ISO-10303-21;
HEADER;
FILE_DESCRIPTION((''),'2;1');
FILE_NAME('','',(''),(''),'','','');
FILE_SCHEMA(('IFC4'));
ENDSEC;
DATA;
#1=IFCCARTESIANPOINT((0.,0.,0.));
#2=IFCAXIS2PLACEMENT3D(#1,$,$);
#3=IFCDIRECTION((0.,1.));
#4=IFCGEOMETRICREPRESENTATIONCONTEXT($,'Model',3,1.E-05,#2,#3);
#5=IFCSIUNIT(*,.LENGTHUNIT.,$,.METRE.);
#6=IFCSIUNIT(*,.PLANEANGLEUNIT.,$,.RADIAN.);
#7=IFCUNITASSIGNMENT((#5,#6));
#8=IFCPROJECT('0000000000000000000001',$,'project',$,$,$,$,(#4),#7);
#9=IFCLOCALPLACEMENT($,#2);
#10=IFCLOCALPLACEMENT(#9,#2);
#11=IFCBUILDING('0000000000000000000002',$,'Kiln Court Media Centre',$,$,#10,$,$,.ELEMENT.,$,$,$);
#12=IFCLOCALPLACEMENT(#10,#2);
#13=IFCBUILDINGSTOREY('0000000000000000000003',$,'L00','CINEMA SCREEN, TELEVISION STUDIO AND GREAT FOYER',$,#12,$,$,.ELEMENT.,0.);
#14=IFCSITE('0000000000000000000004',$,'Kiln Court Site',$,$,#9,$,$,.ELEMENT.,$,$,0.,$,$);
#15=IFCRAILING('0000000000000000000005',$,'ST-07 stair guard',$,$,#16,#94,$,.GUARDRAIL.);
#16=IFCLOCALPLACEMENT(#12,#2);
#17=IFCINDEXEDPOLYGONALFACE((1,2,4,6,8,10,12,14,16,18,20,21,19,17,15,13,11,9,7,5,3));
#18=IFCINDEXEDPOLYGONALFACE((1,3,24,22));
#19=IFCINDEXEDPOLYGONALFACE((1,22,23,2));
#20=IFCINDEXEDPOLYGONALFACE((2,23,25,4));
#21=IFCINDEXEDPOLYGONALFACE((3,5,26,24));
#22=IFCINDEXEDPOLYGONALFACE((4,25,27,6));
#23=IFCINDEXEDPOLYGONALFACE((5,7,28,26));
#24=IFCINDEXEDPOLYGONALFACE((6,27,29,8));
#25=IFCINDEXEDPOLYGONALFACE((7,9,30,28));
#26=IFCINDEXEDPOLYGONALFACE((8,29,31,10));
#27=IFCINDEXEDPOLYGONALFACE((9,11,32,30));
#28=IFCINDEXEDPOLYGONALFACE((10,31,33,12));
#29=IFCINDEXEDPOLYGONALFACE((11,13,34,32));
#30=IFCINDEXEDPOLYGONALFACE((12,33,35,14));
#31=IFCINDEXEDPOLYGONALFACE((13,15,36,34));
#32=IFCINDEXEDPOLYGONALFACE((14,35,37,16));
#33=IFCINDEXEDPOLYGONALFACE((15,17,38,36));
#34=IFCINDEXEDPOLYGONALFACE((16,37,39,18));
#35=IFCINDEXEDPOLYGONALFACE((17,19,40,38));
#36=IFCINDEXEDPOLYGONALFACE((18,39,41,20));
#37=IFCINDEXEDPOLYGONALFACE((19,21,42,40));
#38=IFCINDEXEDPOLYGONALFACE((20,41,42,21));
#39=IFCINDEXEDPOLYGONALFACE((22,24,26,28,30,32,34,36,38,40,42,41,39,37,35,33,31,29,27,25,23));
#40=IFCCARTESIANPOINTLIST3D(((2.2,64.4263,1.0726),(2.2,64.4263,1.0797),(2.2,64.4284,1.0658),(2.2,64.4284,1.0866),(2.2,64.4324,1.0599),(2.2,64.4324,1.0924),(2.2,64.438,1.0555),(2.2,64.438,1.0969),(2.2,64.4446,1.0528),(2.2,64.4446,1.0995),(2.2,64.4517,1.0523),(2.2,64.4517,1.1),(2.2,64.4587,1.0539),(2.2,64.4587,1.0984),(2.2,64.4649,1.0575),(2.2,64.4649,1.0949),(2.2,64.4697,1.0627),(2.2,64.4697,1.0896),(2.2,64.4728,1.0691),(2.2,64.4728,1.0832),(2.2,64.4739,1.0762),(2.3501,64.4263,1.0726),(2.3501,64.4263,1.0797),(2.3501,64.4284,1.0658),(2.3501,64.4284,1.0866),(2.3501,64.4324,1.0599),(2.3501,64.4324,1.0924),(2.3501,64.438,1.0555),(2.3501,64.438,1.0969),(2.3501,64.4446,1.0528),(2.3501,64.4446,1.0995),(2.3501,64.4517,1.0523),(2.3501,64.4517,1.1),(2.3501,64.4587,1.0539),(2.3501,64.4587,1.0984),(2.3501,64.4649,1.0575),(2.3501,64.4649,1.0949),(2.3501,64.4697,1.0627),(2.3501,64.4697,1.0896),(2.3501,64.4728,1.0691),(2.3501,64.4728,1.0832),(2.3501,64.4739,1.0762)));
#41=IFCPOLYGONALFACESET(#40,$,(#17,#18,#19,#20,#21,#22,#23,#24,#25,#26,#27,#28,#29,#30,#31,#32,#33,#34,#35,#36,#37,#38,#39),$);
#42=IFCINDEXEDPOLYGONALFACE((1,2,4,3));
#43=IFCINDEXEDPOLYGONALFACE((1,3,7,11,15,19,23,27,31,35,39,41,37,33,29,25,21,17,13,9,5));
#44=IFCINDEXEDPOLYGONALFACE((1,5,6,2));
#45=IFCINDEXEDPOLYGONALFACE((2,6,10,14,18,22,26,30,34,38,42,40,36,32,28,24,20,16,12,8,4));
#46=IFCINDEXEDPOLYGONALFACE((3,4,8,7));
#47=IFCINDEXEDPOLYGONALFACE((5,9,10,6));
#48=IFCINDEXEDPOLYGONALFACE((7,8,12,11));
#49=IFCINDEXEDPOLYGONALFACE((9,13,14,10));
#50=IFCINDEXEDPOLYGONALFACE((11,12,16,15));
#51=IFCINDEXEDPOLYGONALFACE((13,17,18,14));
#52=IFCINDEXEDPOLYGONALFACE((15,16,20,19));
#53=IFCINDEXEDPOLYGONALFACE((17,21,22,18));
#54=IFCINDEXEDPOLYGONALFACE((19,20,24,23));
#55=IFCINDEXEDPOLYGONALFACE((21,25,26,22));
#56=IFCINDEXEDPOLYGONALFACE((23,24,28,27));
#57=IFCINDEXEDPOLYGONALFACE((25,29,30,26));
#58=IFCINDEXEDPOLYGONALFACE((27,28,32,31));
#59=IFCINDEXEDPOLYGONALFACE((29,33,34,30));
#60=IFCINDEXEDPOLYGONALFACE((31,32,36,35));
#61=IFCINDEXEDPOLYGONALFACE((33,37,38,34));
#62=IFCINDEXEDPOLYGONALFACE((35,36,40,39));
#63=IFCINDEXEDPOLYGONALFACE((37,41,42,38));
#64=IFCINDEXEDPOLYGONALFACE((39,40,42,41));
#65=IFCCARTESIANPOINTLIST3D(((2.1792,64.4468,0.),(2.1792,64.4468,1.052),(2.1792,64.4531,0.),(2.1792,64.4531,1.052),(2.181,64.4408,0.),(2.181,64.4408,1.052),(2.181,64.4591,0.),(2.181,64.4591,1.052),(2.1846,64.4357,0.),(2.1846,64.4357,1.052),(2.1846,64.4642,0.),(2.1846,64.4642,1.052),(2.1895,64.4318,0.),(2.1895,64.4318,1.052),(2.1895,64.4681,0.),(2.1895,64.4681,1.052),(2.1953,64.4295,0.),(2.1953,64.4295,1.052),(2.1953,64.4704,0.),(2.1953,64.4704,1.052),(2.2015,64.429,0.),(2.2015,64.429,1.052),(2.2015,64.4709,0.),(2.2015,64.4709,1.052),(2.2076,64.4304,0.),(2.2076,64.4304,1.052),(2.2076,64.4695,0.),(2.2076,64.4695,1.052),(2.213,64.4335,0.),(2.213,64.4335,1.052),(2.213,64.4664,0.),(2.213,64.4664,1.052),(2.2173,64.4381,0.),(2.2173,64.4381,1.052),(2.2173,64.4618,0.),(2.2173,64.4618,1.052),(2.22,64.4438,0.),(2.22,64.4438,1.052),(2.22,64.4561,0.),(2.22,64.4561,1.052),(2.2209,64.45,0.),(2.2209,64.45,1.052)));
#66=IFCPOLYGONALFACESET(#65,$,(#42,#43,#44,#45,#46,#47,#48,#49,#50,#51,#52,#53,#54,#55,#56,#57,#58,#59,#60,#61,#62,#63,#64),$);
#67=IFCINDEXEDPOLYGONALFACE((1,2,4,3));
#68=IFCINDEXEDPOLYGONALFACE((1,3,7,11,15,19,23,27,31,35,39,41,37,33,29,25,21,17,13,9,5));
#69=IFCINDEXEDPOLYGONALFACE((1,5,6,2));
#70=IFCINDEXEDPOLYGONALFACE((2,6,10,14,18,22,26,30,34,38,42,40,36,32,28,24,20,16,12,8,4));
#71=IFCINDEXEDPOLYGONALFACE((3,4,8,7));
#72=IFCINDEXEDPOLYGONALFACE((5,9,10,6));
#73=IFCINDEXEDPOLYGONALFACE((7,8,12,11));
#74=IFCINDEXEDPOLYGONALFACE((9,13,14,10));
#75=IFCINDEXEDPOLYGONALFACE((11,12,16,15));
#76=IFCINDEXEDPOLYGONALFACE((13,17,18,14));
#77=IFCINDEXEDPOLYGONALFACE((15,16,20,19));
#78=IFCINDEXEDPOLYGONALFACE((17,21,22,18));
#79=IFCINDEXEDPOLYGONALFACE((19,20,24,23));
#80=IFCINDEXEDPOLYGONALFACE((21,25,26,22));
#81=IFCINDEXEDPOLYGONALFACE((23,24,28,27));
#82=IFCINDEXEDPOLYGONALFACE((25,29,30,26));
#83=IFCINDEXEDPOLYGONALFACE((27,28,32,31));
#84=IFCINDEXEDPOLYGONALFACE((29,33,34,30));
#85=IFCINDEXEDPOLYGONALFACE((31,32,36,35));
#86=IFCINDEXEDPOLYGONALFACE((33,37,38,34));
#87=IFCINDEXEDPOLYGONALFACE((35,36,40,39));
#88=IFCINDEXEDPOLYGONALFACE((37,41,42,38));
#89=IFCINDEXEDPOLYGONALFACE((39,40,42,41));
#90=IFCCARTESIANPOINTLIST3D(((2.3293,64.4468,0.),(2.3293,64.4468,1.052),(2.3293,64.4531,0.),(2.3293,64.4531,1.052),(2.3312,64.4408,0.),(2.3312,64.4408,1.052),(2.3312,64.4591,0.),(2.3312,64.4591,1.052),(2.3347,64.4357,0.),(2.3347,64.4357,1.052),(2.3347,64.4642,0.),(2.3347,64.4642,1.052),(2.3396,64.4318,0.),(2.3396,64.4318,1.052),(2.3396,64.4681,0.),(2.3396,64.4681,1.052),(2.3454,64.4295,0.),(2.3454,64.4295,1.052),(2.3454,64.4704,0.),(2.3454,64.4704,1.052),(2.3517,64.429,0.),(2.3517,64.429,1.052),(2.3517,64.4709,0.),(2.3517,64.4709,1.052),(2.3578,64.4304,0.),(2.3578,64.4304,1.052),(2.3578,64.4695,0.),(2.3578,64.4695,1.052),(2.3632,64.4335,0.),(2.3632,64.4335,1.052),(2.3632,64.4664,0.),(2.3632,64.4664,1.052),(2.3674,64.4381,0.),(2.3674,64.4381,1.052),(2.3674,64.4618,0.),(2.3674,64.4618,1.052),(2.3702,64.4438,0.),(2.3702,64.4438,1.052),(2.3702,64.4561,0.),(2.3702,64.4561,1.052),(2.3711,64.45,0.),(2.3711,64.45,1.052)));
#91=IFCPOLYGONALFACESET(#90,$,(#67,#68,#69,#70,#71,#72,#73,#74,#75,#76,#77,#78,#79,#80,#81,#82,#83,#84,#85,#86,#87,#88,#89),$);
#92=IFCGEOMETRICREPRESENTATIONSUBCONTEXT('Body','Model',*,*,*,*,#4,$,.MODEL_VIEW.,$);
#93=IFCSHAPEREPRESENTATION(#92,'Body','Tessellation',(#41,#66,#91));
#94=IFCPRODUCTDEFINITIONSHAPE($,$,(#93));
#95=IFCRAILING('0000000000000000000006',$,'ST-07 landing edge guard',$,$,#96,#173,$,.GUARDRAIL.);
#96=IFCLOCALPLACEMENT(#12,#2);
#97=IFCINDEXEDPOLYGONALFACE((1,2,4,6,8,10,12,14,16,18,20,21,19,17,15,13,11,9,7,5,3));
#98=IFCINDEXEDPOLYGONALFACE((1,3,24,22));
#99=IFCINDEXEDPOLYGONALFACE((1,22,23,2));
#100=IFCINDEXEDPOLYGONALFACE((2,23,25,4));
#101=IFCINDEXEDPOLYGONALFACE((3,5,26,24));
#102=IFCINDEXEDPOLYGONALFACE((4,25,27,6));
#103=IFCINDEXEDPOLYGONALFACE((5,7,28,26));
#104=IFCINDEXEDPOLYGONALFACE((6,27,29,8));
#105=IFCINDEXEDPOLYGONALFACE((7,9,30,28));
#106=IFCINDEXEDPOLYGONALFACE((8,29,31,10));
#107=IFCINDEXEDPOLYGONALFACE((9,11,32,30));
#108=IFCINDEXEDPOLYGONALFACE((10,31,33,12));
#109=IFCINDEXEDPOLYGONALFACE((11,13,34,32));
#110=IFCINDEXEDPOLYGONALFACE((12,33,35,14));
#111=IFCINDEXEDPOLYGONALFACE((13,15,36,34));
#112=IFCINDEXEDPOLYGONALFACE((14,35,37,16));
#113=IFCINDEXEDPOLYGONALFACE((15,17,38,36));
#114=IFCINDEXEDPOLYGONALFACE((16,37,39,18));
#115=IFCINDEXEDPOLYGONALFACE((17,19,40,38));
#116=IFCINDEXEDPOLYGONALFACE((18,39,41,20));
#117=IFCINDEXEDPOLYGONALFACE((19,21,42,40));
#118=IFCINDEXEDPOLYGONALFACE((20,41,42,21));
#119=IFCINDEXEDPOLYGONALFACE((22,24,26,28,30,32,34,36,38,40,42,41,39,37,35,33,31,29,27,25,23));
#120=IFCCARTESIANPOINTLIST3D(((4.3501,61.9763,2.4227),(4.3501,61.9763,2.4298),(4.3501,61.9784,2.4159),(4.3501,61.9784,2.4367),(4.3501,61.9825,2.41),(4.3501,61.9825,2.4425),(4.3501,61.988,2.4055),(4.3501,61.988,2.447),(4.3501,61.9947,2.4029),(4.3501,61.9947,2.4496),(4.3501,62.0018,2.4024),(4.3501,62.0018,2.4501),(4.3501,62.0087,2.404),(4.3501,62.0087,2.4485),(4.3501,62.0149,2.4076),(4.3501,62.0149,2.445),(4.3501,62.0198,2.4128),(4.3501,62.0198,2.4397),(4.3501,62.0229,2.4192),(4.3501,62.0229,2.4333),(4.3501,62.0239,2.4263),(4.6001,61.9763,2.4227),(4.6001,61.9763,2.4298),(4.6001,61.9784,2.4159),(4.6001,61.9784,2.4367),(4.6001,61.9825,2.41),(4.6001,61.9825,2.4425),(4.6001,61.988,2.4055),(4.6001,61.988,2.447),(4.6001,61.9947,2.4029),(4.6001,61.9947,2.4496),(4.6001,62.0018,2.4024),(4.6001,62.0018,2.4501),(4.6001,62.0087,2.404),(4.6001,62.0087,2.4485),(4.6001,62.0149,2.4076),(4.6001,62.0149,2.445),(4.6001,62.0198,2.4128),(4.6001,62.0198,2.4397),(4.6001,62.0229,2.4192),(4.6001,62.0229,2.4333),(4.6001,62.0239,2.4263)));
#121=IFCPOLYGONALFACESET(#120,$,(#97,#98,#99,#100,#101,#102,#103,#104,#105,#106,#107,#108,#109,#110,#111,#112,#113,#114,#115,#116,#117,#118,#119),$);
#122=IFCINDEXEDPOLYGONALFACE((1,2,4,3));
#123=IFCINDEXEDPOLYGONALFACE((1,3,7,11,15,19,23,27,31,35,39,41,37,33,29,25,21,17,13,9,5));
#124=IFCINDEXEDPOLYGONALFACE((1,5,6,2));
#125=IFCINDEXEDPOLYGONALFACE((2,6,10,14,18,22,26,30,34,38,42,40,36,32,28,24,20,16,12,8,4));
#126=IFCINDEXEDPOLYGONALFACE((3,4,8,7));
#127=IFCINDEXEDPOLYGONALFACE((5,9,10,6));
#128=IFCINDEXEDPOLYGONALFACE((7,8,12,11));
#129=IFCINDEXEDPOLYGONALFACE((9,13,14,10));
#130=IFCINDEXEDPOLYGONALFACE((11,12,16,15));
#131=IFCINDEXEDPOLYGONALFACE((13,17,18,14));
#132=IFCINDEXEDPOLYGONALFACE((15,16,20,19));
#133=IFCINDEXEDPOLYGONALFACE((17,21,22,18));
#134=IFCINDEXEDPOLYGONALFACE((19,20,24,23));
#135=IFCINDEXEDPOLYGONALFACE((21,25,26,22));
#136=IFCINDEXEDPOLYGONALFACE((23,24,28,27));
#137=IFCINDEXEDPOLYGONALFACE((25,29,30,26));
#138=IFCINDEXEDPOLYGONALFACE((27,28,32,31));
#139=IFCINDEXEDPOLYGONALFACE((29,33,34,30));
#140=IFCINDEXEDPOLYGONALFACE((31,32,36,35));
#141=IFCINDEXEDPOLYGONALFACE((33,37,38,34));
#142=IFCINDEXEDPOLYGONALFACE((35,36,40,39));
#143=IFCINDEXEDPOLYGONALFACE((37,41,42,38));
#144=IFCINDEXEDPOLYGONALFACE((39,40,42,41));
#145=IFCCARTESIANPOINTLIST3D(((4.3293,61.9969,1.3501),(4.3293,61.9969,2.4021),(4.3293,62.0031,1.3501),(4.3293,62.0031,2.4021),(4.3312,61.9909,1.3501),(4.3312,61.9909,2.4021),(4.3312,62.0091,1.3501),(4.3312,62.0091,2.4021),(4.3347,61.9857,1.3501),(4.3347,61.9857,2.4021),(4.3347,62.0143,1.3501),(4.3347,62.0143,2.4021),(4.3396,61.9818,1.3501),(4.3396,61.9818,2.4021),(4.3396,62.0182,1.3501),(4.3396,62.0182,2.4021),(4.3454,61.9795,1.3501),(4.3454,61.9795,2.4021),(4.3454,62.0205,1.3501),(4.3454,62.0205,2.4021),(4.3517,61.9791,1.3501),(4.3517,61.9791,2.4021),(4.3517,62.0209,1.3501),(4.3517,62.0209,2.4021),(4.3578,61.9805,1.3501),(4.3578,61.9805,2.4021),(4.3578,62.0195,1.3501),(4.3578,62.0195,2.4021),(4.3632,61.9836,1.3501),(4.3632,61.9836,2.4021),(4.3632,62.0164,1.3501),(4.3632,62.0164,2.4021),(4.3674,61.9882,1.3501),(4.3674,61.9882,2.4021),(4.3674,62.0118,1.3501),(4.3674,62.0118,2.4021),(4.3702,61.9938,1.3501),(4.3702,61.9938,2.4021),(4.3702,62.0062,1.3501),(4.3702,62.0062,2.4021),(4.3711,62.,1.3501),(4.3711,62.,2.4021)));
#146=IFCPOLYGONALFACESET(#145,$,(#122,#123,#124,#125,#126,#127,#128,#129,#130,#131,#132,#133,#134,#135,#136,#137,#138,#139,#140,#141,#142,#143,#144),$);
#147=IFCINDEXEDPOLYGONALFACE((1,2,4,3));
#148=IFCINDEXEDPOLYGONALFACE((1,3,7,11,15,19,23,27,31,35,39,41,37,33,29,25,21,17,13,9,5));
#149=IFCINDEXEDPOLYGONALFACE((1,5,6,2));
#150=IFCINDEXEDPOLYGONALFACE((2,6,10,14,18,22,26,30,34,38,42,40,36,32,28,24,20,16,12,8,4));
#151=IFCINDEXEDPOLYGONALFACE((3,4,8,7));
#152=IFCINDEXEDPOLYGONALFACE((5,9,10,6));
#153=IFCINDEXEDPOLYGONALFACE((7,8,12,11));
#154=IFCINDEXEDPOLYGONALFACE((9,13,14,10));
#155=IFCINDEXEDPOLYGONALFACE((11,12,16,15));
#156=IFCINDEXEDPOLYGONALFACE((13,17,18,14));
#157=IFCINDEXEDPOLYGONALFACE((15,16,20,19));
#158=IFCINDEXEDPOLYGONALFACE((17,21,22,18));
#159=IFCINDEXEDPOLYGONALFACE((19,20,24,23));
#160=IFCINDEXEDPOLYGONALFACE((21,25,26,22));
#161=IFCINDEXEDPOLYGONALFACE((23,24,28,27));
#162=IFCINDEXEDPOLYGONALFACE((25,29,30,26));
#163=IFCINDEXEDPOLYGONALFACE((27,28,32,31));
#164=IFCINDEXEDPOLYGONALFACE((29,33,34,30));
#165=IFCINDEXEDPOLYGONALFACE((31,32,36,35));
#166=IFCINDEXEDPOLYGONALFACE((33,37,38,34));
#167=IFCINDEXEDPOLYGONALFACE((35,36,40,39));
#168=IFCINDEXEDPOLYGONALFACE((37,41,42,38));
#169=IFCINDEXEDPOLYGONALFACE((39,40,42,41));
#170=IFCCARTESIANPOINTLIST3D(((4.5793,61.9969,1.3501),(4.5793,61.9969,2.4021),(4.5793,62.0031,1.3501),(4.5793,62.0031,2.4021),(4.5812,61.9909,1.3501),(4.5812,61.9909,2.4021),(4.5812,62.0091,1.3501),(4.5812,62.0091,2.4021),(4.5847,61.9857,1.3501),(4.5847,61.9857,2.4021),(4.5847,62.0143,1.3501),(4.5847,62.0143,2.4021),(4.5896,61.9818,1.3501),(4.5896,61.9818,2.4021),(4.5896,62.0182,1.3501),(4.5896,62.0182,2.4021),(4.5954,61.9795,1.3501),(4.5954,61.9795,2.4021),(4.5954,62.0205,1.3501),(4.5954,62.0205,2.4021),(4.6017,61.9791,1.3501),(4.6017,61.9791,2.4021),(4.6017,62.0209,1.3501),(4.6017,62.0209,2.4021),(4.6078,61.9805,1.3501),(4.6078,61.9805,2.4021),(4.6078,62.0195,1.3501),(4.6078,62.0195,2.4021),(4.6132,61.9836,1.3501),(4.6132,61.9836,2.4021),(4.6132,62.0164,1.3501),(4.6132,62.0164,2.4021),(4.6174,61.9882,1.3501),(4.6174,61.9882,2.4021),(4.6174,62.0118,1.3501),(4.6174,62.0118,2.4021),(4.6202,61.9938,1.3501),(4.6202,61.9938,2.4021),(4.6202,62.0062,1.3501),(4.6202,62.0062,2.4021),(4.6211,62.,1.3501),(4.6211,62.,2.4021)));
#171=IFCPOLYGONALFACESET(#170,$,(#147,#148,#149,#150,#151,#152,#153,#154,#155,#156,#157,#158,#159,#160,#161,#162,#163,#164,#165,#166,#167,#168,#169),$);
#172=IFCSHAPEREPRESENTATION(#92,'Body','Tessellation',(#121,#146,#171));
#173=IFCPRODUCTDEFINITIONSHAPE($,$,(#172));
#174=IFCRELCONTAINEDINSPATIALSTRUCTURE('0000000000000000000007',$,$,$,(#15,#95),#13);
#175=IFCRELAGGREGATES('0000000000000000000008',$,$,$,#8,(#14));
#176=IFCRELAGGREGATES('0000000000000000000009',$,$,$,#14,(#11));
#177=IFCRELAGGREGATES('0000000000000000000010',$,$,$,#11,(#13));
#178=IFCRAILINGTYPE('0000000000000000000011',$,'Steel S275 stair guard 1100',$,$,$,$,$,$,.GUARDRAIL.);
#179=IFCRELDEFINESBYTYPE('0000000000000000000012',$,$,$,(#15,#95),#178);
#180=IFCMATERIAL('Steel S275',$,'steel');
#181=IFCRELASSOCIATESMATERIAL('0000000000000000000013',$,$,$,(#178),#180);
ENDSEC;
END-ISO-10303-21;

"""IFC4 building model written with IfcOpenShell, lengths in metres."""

from ifc_helpers import new_model, si_unit, direction, frame, origin, origin_2d, place, context, subcontext, project, spatial, circle, extrude, material, type_object, element, save


model = new_model("IFC4")

# Units and contexts
model_context = context("Model", 3, precision=1e-05, world=origin(), true_north=direction((0.0, 1.0)))
body_context = subcontext(model_context, "Body", "Model", "MODEL_VIEW")
ifc_project = project(units=[si_unit("LENGTHUNIT", "METRE"), si_unit("PLANEANGLEUNIT", "RADIAN")], contexts=[model_context])

# Site, building, storey
site_placement = place(None, origin())
site = spatial("IfcSite", under=ifc_project, at=site_placement, Name="Kiln Court Site", CompositionType="ELEMENT", RefElevation=0.0)
building_placement = place(site_placement, origin())
building = spatial("IfcBuilding", under=site, at=building_placement, Name="Kiln Court Media Centre", CompositionType="ELEMENT")
storey_placement = place(building_placement, origin())
storey = spatial("IfcBuildingStorey", under=building, at=storey_placement, Name="L00", Description="CINEMA SCREEN, TELEVISION STUDIO AND GREAT FOYER", CompositionType="ELEMENT", Elevation=0.0)

# Railings
ifc_material_1 = material(Name="Steel S275", Category="steel")
railing_type_1 = type_object("IfcRailingType", Name="Steel S275 stair guard 1100", PredefinedType="GUARDRAIL", material=ifc_material_1)
railing_1_placement = place(storey_placement, frame((2.2, 64.45, 0.0)))
element("IfcRailing", 1, at=railing_1_placement, inside=storey, type_object=railing_type_1, Name="ST-07 stair guard", PredefinedType="GUARDRAIL", context=body_context, shape_type="SweptSolid", body=[
    extrude(circle(Radius=0.0239, at=origin_2d()), frame((0.0, 0.0, 1.0762), z_axis=(1.0, 0.0, 0.0), x_axis=(0.0, 1.0, 0.0)), (0.0, 0.0, 1.0), 0.1501),
    extrude(circle(Radius=0.021, at=origin_2d()), origin(), (0.0, 0.0, 1.0), 1.052),
    extrude(circle(Radius=0.021, at=origin_2d()), frame((0.1501, 0.0, 0.0)), (0.0, 0.0, 1.0), 1.052),
])
railing_2_placement = place(storey_placement, frame((4.3501, 62.0, 1.3501)))
element("IfcRailing", 2, at=railing_2_placement, inside=storey, type_object=railing_type_1, Name="ST-07 landing edge guard", PredefinedType="GUARDRAIL", context=body_context, shape_type="SweptSolid", body=[
    extrude(circle(Radius=0.0239, at=origin_2d()), frame((0.0, 0.0, 1.0762), z_axis=(1.0, 0.0, 0.0), x_axis=(0.0, 1.0, 0.0)), (0.0, 0.0, 1.0), 0.25),
    extrude(circle(Radius=0.021, at=origin_2d()), origin(), (0.0, 0.0, 1.0), 1.052),
    extrude(circle(Radius=0.021, at=origin_2d()), frame((0.25, 0.0, 0.0)), (0.0, 0.0, 1.0), 1.052),
])

save(model, "model.ifc")
